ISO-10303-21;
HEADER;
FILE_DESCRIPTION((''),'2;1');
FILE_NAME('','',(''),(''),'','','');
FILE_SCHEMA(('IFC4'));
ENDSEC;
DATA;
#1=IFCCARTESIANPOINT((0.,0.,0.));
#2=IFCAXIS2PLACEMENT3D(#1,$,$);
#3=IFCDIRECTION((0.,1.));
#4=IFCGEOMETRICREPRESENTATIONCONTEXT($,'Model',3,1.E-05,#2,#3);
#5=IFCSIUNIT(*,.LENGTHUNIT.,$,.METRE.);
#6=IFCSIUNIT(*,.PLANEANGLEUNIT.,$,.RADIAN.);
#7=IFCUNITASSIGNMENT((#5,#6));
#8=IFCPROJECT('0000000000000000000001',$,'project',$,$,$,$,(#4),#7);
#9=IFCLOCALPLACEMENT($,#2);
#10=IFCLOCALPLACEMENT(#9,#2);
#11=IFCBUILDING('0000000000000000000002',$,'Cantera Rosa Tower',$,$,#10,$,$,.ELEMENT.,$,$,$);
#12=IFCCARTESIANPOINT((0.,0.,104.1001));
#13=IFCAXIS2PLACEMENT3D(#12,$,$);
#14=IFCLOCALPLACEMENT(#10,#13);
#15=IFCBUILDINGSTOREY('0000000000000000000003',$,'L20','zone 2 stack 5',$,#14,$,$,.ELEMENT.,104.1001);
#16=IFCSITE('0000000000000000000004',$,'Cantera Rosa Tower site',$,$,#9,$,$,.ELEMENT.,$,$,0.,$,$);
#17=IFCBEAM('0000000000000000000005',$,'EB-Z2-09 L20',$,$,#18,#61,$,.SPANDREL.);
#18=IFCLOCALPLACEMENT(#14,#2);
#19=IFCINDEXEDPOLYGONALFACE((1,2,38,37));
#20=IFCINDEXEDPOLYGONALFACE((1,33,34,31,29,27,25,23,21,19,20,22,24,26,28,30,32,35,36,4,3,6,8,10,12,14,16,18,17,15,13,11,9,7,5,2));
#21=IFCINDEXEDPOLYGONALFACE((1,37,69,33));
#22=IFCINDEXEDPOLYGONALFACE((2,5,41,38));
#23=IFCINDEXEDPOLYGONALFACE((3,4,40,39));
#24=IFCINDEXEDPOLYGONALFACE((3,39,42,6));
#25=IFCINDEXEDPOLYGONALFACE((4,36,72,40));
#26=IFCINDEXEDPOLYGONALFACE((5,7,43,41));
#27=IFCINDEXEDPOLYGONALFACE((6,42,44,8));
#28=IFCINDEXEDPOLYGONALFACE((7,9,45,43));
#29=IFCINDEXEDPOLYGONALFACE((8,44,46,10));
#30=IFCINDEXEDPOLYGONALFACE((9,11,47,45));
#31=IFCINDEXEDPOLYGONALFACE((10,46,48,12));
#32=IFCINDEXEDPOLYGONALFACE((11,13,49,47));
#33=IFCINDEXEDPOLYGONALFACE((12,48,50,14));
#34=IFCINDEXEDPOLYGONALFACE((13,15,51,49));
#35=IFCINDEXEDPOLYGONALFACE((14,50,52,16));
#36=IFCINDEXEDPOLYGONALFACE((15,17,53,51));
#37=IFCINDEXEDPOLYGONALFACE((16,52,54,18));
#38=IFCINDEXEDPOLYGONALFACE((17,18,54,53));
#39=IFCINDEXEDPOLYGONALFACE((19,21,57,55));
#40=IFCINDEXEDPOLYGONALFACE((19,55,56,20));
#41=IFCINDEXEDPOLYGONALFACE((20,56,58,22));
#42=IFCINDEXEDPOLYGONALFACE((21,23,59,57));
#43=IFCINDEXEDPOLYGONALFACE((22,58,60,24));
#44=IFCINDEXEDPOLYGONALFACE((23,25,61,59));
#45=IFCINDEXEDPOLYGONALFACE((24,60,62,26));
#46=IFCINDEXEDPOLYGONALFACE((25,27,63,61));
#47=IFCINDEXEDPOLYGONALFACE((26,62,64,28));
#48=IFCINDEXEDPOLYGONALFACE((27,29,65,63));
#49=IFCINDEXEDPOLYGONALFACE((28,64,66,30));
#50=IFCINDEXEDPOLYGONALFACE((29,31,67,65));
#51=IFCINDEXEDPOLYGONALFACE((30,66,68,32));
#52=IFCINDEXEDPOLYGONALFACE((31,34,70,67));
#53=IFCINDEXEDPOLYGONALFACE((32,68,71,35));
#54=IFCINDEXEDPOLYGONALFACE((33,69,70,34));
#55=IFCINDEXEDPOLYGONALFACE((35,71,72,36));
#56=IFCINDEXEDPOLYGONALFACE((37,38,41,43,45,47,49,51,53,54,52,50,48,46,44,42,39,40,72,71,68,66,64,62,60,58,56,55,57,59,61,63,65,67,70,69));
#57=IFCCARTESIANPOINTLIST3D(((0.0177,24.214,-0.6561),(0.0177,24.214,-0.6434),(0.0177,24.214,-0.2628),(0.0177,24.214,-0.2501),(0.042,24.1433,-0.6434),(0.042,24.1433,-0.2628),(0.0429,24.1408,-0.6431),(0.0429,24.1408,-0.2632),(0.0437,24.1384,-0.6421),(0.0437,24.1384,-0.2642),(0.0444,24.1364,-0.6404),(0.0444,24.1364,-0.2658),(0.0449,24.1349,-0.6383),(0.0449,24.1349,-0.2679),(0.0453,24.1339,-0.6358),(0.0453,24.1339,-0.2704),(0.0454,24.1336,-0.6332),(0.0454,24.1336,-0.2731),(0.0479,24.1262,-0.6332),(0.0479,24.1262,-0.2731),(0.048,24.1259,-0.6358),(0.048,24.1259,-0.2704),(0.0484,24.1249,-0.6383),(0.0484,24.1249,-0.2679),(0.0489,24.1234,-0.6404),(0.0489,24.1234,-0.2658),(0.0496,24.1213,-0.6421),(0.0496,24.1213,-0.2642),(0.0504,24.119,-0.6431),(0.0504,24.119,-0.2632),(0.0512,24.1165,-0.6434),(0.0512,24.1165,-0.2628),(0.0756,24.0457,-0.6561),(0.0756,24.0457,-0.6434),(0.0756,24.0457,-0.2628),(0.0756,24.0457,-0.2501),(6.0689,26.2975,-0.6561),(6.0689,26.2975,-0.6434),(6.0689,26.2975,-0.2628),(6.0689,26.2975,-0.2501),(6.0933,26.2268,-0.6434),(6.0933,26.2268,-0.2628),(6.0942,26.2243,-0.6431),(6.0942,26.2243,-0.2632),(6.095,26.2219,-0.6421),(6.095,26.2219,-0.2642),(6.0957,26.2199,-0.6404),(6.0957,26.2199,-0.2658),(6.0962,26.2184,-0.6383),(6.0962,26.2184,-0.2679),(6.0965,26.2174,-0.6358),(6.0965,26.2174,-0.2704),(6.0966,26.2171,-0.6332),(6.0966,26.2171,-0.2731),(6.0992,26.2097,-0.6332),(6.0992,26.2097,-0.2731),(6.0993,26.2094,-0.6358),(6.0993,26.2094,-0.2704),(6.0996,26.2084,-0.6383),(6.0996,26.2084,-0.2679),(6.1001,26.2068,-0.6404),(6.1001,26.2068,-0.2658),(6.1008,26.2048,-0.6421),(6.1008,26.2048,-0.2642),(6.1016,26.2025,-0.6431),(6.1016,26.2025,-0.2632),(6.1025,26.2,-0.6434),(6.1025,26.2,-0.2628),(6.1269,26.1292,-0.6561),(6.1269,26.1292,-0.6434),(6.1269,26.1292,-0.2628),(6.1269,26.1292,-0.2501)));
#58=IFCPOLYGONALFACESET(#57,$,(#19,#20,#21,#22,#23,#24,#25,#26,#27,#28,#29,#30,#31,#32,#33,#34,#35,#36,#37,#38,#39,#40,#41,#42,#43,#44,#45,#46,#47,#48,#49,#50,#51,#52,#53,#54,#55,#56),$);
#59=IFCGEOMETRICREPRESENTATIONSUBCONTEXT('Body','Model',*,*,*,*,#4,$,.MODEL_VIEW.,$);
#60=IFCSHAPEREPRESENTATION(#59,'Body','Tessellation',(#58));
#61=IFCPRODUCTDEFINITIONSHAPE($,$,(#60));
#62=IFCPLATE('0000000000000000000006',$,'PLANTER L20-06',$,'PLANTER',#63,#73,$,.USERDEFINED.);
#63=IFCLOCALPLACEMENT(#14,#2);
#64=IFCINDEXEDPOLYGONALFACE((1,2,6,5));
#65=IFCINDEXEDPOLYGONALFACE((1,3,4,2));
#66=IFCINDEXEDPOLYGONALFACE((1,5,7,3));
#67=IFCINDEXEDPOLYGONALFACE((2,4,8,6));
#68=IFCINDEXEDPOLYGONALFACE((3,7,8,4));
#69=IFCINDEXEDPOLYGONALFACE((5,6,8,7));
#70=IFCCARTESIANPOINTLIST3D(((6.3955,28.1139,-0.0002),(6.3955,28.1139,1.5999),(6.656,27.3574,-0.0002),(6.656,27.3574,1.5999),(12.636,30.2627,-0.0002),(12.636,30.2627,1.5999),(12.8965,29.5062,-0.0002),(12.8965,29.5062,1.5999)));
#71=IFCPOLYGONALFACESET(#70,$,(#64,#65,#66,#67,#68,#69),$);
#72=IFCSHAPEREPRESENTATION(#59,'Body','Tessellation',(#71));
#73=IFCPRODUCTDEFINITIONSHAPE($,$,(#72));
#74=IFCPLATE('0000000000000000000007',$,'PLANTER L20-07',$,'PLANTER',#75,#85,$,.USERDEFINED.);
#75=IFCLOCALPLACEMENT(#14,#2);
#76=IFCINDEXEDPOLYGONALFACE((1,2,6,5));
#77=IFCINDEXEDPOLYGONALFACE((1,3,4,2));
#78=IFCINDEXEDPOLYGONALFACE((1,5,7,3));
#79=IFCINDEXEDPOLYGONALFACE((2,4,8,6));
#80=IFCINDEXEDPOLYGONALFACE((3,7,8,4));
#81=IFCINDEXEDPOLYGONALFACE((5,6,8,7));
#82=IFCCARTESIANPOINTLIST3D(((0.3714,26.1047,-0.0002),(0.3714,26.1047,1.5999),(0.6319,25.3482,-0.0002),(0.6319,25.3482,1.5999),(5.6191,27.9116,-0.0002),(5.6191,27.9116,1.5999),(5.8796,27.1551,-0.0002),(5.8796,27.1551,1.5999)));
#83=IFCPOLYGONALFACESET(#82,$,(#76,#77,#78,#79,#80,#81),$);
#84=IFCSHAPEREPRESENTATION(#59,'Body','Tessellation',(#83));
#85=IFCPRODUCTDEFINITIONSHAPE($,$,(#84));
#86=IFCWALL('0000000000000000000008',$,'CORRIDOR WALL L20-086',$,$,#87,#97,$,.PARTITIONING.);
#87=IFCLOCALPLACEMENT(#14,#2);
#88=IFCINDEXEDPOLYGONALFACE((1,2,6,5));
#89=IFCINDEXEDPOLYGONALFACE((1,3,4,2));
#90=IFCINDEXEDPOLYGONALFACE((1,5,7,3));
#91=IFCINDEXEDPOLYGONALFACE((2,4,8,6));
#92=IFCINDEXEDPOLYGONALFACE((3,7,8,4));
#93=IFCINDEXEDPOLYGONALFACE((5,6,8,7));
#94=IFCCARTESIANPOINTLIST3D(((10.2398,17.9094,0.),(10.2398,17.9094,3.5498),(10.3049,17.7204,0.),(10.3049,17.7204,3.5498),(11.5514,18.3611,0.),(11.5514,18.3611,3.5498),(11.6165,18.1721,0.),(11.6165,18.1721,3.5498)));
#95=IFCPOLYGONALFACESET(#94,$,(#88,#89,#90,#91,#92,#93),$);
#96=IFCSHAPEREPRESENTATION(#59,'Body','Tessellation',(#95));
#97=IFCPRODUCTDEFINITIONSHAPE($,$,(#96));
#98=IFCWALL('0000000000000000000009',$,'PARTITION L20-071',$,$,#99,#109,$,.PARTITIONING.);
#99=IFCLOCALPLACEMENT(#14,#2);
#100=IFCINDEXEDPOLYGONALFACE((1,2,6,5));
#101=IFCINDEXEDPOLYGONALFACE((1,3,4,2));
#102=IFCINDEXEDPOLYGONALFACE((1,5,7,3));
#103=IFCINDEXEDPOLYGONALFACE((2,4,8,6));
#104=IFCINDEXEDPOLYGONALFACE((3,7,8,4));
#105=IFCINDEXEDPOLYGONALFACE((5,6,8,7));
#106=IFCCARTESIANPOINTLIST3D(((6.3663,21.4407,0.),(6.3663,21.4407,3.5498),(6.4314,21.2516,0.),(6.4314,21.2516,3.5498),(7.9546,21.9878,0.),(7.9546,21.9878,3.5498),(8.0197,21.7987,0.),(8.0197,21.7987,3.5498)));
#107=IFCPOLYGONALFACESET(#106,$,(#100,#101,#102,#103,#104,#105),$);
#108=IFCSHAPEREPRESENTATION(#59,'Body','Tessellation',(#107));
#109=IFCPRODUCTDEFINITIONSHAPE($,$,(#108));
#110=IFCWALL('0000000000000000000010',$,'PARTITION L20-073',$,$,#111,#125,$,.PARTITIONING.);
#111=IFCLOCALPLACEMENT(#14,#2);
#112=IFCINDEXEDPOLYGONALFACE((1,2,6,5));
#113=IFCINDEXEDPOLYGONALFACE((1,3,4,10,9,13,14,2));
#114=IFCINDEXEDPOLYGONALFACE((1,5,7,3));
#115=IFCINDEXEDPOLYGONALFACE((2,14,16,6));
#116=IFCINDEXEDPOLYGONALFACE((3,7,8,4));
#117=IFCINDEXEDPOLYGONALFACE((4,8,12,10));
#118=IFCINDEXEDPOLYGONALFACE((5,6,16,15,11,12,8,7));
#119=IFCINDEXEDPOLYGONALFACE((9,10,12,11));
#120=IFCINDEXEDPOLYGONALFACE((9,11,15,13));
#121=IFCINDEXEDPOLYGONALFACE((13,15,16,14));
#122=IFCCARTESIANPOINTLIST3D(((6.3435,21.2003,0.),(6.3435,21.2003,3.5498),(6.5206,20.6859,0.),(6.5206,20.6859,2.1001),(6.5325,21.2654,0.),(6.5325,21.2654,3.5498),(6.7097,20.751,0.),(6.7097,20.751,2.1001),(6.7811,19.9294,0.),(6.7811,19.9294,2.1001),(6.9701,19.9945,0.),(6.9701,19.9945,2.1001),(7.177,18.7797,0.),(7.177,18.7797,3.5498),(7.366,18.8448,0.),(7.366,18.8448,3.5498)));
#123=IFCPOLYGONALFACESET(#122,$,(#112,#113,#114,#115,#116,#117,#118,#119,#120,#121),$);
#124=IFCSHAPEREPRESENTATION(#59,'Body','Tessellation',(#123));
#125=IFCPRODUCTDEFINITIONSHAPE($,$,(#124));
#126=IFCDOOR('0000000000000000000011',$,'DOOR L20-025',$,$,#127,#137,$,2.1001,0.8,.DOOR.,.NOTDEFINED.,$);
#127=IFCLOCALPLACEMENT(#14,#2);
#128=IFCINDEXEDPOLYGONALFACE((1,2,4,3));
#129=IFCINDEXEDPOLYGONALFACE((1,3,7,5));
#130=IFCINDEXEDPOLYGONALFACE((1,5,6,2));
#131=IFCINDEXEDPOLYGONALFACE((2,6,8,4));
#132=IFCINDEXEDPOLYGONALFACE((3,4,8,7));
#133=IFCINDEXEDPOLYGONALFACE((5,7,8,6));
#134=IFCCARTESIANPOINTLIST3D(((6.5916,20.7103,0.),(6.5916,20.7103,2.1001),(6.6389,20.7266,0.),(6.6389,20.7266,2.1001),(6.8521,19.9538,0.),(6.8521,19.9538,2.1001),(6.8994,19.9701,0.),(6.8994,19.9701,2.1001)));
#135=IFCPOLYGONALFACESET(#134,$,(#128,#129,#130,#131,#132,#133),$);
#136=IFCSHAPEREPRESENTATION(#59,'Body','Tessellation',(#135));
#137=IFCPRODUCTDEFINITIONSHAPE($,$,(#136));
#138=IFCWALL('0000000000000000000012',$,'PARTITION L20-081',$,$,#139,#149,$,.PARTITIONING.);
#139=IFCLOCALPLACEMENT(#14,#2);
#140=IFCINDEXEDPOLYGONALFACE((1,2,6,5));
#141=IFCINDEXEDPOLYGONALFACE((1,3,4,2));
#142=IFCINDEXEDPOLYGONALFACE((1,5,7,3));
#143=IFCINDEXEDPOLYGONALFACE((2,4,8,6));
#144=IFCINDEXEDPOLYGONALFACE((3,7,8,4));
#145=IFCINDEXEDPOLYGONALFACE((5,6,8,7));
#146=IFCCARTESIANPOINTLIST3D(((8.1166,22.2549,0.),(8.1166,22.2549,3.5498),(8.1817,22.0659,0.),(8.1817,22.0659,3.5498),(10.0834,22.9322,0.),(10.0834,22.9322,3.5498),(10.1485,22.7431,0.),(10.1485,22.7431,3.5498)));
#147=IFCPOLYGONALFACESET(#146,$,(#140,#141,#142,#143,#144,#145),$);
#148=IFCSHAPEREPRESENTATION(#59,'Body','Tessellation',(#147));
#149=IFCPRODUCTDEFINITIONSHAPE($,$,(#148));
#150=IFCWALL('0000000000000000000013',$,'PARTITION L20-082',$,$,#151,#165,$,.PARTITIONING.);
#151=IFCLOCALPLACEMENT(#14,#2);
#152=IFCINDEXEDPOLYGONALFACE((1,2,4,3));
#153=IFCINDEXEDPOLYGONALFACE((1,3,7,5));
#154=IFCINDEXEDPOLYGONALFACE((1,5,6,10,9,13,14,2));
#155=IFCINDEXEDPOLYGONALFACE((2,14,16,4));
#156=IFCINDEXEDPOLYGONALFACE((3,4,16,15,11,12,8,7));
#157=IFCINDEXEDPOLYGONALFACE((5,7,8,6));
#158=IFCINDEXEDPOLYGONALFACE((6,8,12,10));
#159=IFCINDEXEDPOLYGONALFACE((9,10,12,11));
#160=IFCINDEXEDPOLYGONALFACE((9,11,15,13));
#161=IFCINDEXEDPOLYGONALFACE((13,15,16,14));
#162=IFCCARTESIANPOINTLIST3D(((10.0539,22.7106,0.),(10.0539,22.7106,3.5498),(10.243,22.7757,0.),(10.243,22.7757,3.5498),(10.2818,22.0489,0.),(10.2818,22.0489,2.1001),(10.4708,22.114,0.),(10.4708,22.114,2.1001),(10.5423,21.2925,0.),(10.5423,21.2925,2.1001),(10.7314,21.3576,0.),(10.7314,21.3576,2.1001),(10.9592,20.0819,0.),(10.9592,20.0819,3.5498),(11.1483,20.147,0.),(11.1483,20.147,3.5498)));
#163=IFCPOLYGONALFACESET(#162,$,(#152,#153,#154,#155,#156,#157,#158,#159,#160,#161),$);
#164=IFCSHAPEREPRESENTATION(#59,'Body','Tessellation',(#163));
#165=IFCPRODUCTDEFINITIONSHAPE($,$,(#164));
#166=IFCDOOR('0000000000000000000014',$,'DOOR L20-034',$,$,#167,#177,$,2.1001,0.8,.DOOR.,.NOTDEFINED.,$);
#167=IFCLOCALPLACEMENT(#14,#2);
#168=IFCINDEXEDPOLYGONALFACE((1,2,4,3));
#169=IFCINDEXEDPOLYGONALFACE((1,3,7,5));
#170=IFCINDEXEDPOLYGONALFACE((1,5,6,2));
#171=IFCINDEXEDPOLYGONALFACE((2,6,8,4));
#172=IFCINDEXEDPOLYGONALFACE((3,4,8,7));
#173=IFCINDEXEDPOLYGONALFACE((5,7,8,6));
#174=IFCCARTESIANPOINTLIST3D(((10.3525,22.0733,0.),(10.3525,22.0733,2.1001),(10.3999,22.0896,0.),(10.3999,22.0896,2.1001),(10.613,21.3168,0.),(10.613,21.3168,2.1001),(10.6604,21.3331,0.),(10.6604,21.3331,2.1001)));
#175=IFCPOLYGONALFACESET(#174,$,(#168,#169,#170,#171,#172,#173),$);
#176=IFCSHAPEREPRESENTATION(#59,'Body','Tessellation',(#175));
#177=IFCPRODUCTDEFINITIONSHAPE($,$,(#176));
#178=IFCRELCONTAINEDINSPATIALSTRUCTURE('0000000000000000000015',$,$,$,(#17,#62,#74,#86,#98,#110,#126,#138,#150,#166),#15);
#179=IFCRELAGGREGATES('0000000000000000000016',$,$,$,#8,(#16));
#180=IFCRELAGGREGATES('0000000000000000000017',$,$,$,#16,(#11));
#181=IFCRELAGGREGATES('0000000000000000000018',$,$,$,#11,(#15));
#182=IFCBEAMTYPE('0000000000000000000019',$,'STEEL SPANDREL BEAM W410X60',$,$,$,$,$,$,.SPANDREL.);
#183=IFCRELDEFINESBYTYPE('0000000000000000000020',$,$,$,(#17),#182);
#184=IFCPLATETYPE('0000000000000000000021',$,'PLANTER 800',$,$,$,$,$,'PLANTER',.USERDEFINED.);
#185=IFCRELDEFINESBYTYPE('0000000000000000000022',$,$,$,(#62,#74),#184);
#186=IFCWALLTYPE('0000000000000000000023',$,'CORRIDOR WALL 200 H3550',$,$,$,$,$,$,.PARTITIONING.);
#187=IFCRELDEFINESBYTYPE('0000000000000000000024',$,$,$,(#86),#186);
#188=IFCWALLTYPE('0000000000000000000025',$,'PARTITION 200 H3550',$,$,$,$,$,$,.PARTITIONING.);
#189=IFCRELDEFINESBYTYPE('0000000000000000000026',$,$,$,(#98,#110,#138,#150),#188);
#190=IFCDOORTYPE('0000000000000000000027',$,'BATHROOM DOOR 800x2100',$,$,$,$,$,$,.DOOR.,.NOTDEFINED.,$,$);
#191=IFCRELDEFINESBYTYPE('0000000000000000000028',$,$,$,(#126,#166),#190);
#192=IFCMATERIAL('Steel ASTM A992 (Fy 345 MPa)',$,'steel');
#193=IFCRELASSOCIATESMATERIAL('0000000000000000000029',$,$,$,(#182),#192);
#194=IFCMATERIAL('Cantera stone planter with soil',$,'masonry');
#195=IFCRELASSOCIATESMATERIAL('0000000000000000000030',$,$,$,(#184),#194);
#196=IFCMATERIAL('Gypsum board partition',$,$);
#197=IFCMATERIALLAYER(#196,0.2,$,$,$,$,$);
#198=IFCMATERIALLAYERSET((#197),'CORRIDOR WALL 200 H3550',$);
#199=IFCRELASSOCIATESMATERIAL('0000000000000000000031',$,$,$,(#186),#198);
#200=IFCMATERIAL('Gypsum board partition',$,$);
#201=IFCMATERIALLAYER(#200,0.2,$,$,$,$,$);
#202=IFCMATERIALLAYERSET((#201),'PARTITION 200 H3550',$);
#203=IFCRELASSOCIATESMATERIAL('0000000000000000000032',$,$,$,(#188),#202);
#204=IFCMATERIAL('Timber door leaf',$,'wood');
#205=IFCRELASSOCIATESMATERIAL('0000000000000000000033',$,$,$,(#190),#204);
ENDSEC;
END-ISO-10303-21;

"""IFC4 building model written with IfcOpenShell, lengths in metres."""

from ifc_helpers import new_model, si_unit, direction, frame, frame_2d, origin, origin_2d, place, context, subcontext, project, spatial, rectangle, i_section, extrude, material, layer, layer_set, material_profile, profile_set, type_object, element, fill, save


model = new_model("IFC4")

# Units and contexts
model_context = context("Model", 3, precision=1e-05, world=origin(), true_north=direction((0.0, 1.0)))
body_context = subcontext(model_context, "Body", "Model", "MODEL_VIEW")
ifc_project = project(units=[si_unit("LENGTHUNIT", "METRE"), si_unit("PLANEANGLEUNIT", "RADIAN")], contexts=[model_context])

# Site, building, storey
site_placement = place(None, origin())
site = spatial("IfcSite", under=ifc_project, at=site_placement, Name="Cantera Rosa Tower site", CompositionType="ELEMENT", RefElevation=0.0)
building_placement = place(site_placement, origin())
building = spatial("IfcBuilding", under=site, at=building_placement, Name="Cantera Rosa Tower", CompositionType="ELEMENT")
storey_placement = place(building_placement, frame((0.0, 0.0, 104.1001)))
storey = spatial("IfcBuildingStorey", under=building, at=storey_placement, Name="L20", Description="zone 2 stack 5", CompositionType="ELEMENT", Elevation=104.1001)

# Beam
ifc_material_1 = material(Name="Steel ASTM A992 (Fy 345 MPa)", Category="steel")
ifc_material_profile_1 = material_profile(ifc_material_1, i_section(OverallWidth=0.178, OverallDepth=0.406, WebThickness=0.0078, FlangeThickness=0.0127, FilletRadius=0.0103, at=origin_2d()), Name="W410X60")
ifc_profile_set_1 = profile_set([ifc_material_profile_1], Name="Steel ASTM A992 (Fy 345 MPa)")
beam_type_1 = type_object("IfcBeamType", Name="STEEL SPANDREL BEAM W410X60", PredefinedType="SPANDREL", material=ifc_profile_set_1)
beam_1_placement = place(storey_placement, frame((6.0979, 26.2134, -0.4531), z_axis=(-0.945524, -0.325551, 0.0), x_axis=(0.325551, -0.945524, 0.0)))
element("IfcBeam", 1, at=beam_1_placement, inside=storey, type_object=beam_type_1, Name="EB-Z2-09 L20", PredefinedType="SPANDREL", context=body_context, shape_type="SweptSolid", body=[
    extrude(i_section(OverallWidth=0.178, OverallDepth=0.406, WebThickness=0.0078, FlangeThickness=0.0127, FilletRadius=0.0103, at=origin_2d()), origin(), (0.0, 0.0, 1.0), 6.3999),
])

# Plates
ifc_material_2 = material(Name="Cantera stone planter with soil", Category="masonry")
plate_type = type_object("IfcPlateType", Name="PLANTER 800", ElementType="PLANTER", PredefinedType="USERDEFINED", material=ifc_material_2)
plate_1_placement = place(storey_placement, frame((9.646, 28.8101, -0.0002), z_axis=(0.0, 0.0, 1.0), x_axis=(-0.945519, -0.325568, 0.0)))
element("IfcPlate", 2, at=plate_1_placement, inside=storey, type_object=plate_type, Name="PLANTER L20-06", ObjectType="PLANTER", PredefinedType="USERDEFINED", context=body_context, shape_type="SweptSolid", body=[
    extrude(rectangle(XDim=6.6001, YDim=0.8, at=origin_2d()), origin(), (0.0, 0.0, 1.0), 1.6001),
])
plate_2_placement = place(storey_placement, frame((3.1255, 26.6299, -0.0002), z_axis=(0.0, 0.0, 1.0), x_axis=(-0.945519, -0.325568, 0.0)))
element("IfcPlate", 3, at=plate_2_placement, inside=storey, type_object=plate_type, Name="PLANTER L20-07", ObjectType="PLANTER", PredefinedType="USERDEFINED", context=body_context, shape_type="SweptSolid", body=[
    extrude(rectangle(XDim=5.55, YDim=0.8, at=origin_2d()), origin(), (0.0, 0.0, 1.0), 1.6001),
])

# Wall
ifc_material_3 = material(Name="Gypsum board partition")
ifc_layer_1 = layer(ifc_material_3, 0.2)
ifc_layer_set_1 = layer_set([ifc_layer_1], Name="CORRIDOR WALL 200 H3550")
wall_type_1 = type_object("IfcWallType", Name="CORRIDOR WALL 200 H3550", PredefinedType="PARTITIONING", material=ifc_layer_set_1)
wall_1_placement = place(storey_placement, frame((11.584, 18.2666, 0.0), z_axis=(0.0, 0.0, 1.0), x_axis=(-0.945504, -0.325611, 0.0)))
element("IfcWall", 4, at=wall_1_placement, inside=storey, type_object=wall_type_1, Name="CORRIDOR WALL L20-086", PredefinedType="PARTITIONING", context=body_context, shape_type="SweptSolid", body=[
    extrude(rectangle(XDim=1.3872, YDim=0.2, at=frame_2d((0.6936, 0.0))), origin(), (0.0, 0.0, 1.0), 3.5498),
])

# Wall
ifc_material_4 = material(Name="Gypsum board partition")
ifc_layer_2 = layer(ifc_material_4, 0.2)
ifc_layer_set_2 = layer_set([ifc_layer_2], Name="PARTITION 200 H3550")
wall_type_2 = type_object("IfcWallType", Name="PARTITION 200 H3550", PredefinedType="PARTITIONING", material=ifc_layer_set_2)
wall_2_placement = place(storey_placement, frame((6.3989, 21.3462, 0.0), z_axis=(0.0, 0.0, 1.0), x_axis=(0.945483, 0.325673, 0.0)))
element("IfcWall", 5, at=wall_2_placement, inside=storey, type_object=wall_type_2, Name="PARTITION L20-071", PredefinedType="PARTITIONING", context=body_context, shape_type="SweptSolid", body=[
    extrude(rectangle(XDim=1.6799, YDim=0.2, at=frame_2d((0.8398, 0.0))), origin(), (0.0, 0.0, 1.0), 3.5498),
])

# Wall, opening, door
wall_3_placement = place(storey_placement, frame((7.2715, 18.8123, 0.0), z_axis=(0.0, 0.0, 1.0), x_axis=(-0.325567, 0.945519, 0.0)))
wall_3 = element("IfcWall", 6, at=wall_3_placement, inside=storey, type_object=wall_type_2, Name="PARTITION L20-073", PredefinedType="PARTITIONING", context=body_context, shape_type="SweptSolid", body=[
    extrude(rectangle(XDim=2.5601, YDim=0.2, at=frame_2d((1.28, 0.0))), origin(), (0.0, 0.0, 1.0), 3.5498),
])
opening_1_placement = place(wall_3_placement, frame((1.2161, 0.0, 0.0)))
opening_1 = element("IfcOpeningElement", 7, at=opening_1_placement, cuts=wall_3, PredefinedType="OPENING", context=body_context, shape_type="SweptSolid", body=[
    extrude(rectangle(XDim=0.8, YDim=2.1001, at=frame_2d((0.3999, 1.05))), frame((0.0, 0.1099, 0.0), z_axis=(0.0, -1.0, 0.0), x_axis=(1.0, 0.0, 0.0)), (0.0, 0.0, 1.0), 0.22),
])
ifc_material_5 = material(Name="Timber door leaf", Category="wood")
door_type_1 = type_object("IfcDoorType", Name="BATHROOM DOOR 800x2100", OperationType="NOTDEFINED", PredefinedType="DOOR", material=ifc_material_5)
door_1_placement = place(opening_1_placement, origin())
door_1 = element("IfcDoor", 8, at=door_1_placement, inside=storey, type_object=door_type_1, Name="DOOR L20-025", OperationType="NOTDEFINED", OverallHeight=2.1001, OverallWidth=0.8, PredefinedType="DOOR", context=body_context, shape_type="SweptSolid", body=[
    extrude(rectangle(XDim=0.8, YDim=2.1001, at=frame_2d((0.3999, 1.05))), frame((0.0, 0.0249, 0.0), z_axis=(0.0, -1.0, 0.0), x_axis=(1.0, 0.0, 0.0)), (0.0, 0.0, 1.0), 0.05),
])
fill(opening_1, door_1)

# Wall
wall_4_placement = place(storey_placement, frame((8.1492, 22.1604, 0.0), z_axis=(0.0, 0.0, 1.0), x_axis=(0.945515, 0.325578, 0.0)))
element("IfcWall", 9, at=wall_4_placement, inside=storey, type_object=wall_type_2, Name="PARTITION L20-081", PredefinedType="PARTITIONING", context=body_context, shape_type="SweptSolid", body=[
    extrude(rectangle(XDim=2.0801, YDim=0.2, at=frame_2d((1.04, 0.0))), origin(), (0.0, 0.0, 1.0), 3.5498),
])

# Wall, opening, door
wall_5_placement = place(storey_placement, frame((10.1484, 22.7432, 0.0), z_axis=(0.0, 0.0, 1.0), x_axis=(0.325617, -0.945502, 0.0)))
wall_5 = element("IfcWall", 10, at=wall_5_placement, inside=storey, type_object=wall_type_2, Name="PARTITION L20-082", PredefinedType="PARTITIONING", context=body_context, shape_type="SweptSolid", body=[
    extrude(rectangle(XDim=2.7803, YDim=0.2, at=frame_2d((1.3901, 0.0))), origin(), (0.0, 0.0, 1.0), 3.5498),
])
opening_2_placement = place(wall_5_placement, frame((0.7, 0.0, 0.0)))
opening_2 = element("IfcOpeningElement", 11, at=opening_2_placement, cuts=wall_5, PredefinedType="OPENING", context=body_context, shape_type="SweptSolid", body=[
    extrude(rectangle(XDim=0.8, YDim=2.1001, at=frame_2d((0.3999, 1.05))), frame((0.0, 0.1099, 0.0), z_axis=(0.0, -1.0, 0.0), x_axis=(1.0, 0.0, 0.0)), (0.0, 0.0, 1.0), 0.22),
])
door_2_placement = place(opening_2_placement, origin())
door_2 = element("IfcDoor", 12, at=door_2_placement, inside=storey, type_object=door_type_1, Name="DOOR L20-034", OperationType="NOTDEFINED", OverallHeight=2.1001, OverallWidth=0.8, PredefinedType="DOOR", context=body_context, shape_type="SweptSolid", body=[
    extrude(rectangle(XDim=0.8, YDim=2.1001, at=frame_2d((0.3999, 1.05))), frame((0.0, 0.0249, 0.0), z_axis=(0.0, -1.0, 0.0), x_axis=(1.0, 0.0, 0.0)), (0.0, 0.0, 1.0), 0.05),
])
fill(opening_2, door_2)

save(model, "model.ifc")
